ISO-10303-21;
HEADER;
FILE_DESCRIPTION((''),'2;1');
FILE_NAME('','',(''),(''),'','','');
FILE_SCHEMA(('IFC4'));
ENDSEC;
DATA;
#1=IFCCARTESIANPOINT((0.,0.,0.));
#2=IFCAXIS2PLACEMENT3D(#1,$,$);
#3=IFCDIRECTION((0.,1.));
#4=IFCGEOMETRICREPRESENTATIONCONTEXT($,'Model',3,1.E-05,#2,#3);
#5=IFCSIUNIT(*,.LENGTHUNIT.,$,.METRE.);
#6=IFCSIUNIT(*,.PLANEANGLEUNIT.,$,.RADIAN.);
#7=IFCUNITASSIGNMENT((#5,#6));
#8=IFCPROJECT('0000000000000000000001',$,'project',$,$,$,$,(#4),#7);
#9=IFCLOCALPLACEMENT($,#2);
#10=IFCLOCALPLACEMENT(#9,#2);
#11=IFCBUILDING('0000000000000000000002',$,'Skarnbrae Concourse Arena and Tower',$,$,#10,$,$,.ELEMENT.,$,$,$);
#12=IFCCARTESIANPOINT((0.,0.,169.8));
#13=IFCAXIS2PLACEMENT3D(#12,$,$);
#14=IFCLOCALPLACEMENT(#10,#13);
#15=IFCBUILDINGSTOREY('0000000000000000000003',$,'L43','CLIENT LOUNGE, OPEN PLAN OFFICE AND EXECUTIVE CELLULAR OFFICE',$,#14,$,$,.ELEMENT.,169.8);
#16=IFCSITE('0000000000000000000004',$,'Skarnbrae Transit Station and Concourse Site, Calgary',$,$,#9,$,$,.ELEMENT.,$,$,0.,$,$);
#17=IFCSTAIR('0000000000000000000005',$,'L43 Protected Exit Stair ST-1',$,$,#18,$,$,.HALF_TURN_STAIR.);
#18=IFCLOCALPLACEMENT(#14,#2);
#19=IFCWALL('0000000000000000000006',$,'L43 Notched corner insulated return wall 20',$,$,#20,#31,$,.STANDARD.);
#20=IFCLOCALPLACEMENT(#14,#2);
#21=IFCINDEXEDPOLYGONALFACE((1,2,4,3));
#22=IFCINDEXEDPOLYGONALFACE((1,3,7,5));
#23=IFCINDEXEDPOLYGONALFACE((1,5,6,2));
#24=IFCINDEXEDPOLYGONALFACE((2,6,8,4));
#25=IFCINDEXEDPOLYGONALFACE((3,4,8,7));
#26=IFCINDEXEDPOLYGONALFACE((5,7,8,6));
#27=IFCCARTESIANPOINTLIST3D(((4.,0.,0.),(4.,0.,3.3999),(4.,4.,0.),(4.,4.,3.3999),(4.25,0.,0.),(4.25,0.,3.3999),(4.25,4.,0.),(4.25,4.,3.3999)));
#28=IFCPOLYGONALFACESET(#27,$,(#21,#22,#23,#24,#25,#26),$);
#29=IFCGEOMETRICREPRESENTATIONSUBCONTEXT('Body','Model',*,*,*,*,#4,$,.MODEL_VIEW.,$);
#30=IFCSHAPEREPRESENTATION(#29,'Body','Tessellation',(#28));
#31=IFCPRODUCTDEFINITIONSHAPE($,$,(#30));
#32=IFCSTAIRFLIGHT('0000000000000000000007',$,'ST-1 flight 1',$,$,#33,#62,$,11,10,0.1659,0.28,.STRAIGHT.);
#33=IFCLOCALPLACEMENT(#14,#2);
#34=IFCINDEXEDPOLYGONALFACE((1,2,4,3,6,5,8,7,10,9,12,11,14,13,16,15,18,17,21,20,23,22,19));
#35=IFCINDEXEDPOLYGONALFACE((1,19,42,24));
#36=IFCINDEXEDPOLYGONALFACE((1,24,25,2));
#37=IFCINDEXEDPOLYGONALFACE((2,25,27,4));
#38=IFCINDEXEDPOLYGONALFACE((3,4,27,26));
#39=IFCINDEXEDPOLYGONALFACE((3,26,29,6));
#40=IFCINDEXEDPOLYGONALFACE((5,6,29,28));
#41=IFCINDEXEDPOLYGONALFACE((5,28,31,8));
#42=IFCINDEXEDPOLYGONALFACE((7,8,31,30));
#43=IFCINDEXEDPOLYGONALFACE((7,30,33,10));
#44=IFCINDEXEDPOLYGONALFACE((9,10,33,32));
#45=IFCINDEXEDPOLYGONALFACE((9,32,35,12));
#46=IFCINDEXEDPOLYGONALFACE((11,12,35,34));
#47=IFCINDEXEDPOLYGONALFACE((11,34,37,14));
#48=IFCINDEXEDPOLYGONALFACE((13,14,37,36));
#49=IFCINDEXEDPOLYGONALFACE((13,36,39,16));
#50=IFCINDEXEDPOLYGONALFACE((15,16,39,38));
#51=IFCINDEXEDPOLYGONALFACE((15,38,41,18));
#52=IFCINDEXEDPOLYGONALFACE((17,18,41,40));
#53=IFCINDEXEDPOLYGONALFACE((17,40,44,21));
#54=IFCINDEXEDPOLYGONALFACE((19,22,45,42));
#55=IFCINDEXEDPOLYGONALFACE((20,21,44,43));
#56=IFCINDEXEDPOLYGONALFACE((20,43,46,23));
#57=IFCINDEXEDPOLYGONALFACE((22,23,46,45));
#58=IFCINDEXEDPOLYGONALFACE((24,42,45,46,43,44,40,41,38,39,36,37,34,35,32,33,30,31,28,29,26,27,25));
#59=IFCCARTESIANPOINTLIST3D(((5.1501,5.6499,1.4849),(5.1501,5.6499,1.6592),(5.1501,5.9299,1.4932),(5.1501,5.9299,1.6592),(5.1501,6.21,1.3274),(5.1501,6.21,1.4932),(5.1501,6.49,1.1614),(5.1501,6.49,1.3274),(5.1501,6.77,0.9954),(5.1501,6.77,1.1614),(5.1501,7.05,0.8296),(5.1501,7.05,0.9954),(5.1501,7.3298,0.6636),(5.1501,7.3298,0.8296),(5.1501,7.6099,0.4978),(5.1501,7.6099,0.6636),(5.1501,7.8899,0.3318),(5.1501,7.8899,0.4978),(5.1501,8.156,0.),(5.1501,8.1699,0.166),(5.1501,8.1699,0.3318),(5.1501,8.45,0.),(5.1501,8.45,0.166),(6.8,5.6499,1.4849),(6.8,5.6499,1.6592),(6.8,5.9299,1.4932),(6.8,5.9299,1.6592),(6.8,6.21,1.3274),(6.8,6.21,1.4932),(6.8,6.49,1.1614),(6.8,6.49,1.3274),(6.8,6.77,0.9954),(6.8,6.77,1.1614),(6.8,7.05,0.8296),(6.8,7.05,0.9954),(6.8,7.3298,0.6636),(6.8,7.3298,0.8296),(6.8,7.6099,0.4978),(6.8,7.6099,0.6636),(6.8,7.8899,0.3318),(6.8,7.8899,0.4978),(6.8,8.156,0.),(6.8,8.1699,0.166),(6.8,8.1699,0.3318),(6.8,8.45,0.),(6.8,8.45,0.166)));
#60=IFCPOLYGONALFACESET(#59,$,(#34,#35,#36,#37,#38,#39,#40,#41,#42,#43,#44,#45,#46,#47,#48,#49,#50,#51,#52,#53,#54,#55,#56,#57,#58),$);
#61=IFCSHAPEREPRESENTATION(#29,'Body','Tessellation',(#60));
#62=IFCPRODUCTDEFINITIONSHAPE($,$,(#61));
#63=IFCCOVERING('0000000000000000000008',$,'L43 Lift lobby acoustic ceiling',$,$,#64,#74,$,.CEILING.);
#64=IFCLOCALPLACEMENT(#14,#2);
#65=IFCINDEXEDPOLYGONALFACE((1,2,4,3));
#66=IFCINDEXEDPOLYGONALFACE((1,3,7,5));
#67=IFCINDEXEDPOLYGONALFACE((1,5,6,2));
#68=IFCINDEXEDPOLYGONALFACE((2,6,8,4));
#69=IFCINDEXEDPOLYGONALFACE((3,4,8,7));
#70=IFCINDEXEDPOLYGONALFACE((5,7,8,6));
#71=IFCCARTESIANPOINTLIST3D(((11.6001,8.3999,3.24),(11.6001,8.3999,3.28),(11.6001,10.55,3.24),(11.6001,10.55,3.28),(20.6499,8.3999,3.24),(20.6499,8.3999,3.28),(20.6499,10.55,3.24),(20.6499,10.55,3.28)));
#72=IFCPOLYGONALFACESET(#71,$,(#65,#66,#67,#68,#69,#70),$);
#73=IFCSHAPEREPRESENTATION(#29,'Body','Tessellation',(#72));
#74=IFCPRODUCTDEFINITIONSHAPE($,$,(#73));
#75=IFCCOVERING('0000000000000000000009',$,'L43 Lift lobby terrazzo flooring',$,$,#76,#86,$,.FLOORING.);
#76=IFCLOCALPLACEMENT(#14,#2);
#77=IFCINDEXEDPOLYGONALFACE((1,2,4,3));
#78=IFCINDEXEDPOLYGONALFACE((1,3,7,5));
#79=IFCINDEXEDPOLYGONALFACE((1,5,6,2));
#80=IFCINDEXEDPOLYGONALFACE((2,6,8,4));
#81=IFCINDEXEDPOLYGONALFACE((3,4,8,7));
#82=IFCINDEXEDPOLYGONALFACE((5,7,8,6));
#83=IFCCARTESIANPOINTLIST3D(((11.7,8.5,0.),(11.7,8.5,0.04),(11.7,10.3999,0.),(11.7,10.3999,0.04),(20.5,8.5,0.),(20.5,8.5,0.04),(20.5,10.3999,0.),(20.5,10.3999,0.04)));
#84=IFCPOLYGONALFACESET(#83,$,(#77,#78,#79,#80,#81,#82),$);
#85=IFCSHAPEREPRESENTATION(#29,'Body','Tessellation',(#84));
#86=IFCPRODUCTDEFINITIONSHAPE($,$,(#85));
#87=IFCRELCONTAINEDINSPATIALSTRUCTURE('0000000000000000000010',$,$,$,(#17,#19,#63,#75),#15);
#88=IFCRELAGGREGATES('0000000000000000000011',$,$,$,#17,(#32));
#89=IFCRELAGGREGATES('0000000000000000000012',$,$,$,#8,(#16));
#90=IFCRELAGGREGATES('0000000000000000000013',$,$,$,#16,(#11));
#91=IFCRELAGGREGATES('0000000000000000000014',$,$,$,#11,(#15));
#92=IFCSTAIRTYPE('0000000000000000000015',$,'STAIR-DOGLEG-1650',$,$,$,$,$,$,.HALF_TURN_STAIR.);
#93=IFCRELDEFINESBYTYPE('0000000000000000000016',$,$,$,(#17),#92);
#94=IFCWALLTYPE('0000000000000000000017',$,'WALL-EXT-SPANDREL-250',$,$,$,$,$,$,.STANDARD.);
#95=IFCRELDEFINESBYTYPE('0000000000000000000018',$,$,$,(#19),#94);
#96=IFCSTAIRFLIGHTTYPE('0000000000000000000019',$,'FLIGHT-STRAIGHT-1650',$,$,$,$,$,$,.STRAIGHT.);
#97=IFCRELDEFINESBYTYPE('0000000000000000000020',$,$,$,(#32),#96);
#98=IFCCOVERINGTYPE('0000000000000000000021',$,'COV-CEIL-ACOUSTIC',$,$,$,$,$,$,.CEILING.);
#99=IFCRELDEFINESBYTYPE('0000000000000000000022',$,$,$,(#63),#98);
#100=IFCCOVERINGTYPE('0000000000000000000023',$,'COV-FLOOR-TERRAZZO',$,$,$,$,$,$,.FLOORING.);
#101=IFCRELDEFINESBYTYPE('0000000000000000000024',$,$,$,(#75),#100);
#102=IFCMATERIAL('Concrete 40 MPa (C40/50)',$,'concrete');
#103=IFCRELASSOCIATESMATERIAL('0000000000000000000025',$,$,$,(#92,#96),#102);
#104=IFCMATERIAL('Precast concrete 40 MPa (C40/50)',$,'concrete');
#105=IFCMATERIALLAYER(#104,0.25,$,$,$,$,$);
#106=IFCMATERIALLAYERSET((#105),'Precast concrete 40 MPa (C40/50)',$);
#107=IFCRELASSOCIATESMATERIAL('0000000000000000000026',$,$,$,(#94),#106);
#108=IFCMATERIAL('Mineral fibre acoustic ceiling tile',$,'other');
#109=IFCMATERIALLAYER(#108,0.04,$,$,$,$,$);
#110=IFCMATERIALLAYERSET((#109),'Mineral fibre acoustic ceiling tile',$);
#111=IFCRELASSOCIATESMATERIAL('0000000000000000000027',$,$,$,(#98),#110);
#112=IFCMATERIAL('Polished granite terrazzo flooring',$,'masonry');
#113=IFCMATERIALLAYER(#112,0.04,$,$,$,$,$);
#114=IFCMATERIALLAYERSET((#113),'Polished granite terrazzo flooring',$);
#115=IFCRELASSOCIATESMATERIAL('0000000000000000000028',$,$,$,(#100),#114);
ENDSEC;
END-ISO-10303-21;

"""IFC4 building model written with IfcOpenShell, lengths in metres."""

from ifc_helpers import new_model, si_unit, direction, frame, frame_2d, origin, place, context, subcontext, project, spatial, polyline, rectangle, outline, extrude, source, transform, mapped, material, layer, layer_set, type_object, element, aggregate, save


model = new_model("IFC4")

# Units and contexts
model_context = context("Model", 3, precision=1e-05, world=origin(), true_north=direction((0.0, 1.0)))
body_context = subcontext(model_context, "Body", "Model", "MODEL_VIEW")
ifc_project = project(units=[si_unit("LENGTHUNIT", "METRE"), si_unit("PLANEANGLEUNIT", "RADIAN")], contexts=[model_context])

# Site, building, storey
site_placement = place(None, origin())
site = spatial("IfcSite", under=ifc_project, at=site_placement, Name="Skarnbrae Transit Station and Concourse Site, Calgary", CompositionType="ELEMENT", RefElevation=0.0)
building_placement = place(site_placement, origin())
building = spatial("IfcBuilding", under=site, at=building_placement, Name="Skarnbrae Concourse Arena and Tower", CompositionType="ELEMENT")
storey_placement = place(building_placement, frame((0.0, 0.0, 169.8)))
storey = spatial("IfcBuildingStorey", under=building, at=storey_placement, Name="L43", Description="CLIENT LOUNGE, OPEN PLAN OFFICE AND EXECUTIVE CELLULAR OFFICE", CompositionType="ELEMENT", Elevation=169.8)

# Stair
ifc_material_1 = material(Name="Concrete 40 MPa (C40/50)", Category="concrete")
stair_type = type_object("IfcStairType", Name="STAIR-DOGLEG-1650", PredefinedType="HALF_TURN_STAIR", material=ifc_material_1)
stair_1_placement = place(storey_placement, origin())
stair_1 = element("IfcStair", 1, at=stair_1_placement, inside=storey, type_object=stair_type, Name="L43 Protected Exit Stair ST-1", PredefinedType="HALF_TURN_STAIR")

# Wall
ifc_material_2 = material(Name="Precast concrete 40 MPa (C40/50)", Category="concrete")
ifc_layer_1 = layer(ifc_material_2, 0.25)
ifc_layer_set_1 = layer_set([ifc_layer_1], Name="Precast concrete 40 MPa (C40/50)")
wall_type_1 = type_object("IfcWallType", Name="WALL-EXT-SPANDREL-250", PredefinedType="STANDARD", material=ifc_layer_set_1)
shared_shape_1 = source(origin(), body_context, "Body", "SweptSolid", [
    extrude(rectangle(XDim=4.0, YDim=0.25, at=frame_2d((2.0, 0.0))), origin(), (0.0, 0.0, 1.0), 3.3999),
])
for number, where, z_axis, x_axis, name in (
    (2, (4.125, 4.0, 0.0), (0.0, 0.0, 1.0), (0.0, -1.0, 0.0), "L43 Notched corner insulated return wall 20"),
):
    element("IfcWall", number, at=place(storey_placement, frame(where, z_axis=z_axis, x_axis=x_axis)), inside=storey, type_object=wall_type_1, Name=name, PredefinedType="STANDARD", context=body_context, shape_type="MappedRepresentation", body=[
        mapped(shared_shape_1, transform((0.0, 0.0, 0.0))),
    ])

# Stair flight
stair_flight_type = type_object("IfcStairFlightType", Name="FLIGHT-STRAIGHT-1650", PredefinedType="STRAIGHT", material=ifc_material_1)
shared_shape_2 = source(origin(), body_context, "Body", "SweptSolid", [
    extrude(outline(polyline([(0.0, 0.0), (0.0, 0.166), (0.28, 0.166), (0.28, 0.3318), (0.5601, 0.3318), (0.5601, 0.4978), (0.8401, 0.4978), (0.8401, 0.6636), (1.1201, 0.6636), (1.1201, 0.8296), (1.3999, 0.8296), (1.3999, 0.9954), (1.6799, 0.9954), (1.6799, 1.1614), (1.96, 1.1614), (1.96, 1.3274), (2.24, 1.3274), (2.24, 1.4932), (2.52, 1.4932), (2.52, 1.6592), (2.8, 1.6592), (2.8, 1.825), (2.8, 1.4849), (0.2939, 0.0), (0.0, 0.0)])), frame((0.0, 0.825, 0.0), z_axis=(0.0, -1.0, 0.0), x_axis=(1.0, 0.0, 0.0)), (0.0, 0.0, 1.0), 1.6499),
])
stair_flight_placement = place(storey_placement, frame((5.9751, 8.45, 0.0), z_axis=(0.0, 0.0, 1.0), x_axis=(0.0, -1.0, 0.0)))
stair_flight = element("IfcStairFlight", 3, at=stair_flight_placement, type_object=stair_flight_type, Name="ST-1 flight 1", NumberOfRisers=11, NumberOfTreads=10, PredefinedType="STRAIGHT", RiserHeight=0.1659, TreadLength=0.28, context=body_context, shape_type="MappedRepresentation", body=[
    mapped(shared_shape_2, transform((0.0, 0.0, 0.0))),
])
aggregate(stair_1, [stair_flight])

# Coverings
ifc_material_3 = material(Name="Mineral fibre acoustic ceiling tile", Category="other")
ifc_layer_2 = layer(ifc_material_3, 0.04)
ifc_layer_set_2 = layer_set([ifc_layer_2], Name="Mineral fibre acoustic ceiling tile")
covering_type_1 = type_object("IfcCoveringType", Name="COV-CEIL-ACOUSTIC", PredefinedType="CEILING", material=ifc_layer_set_2)
covering_1_placement = place(storey_placement, frame((0.0, 0.0, 3.24)))
element("IfcCovering", 4, at=covering_1_placement, inside=storey, type_object=covering_type_1, Name="L43 Lift lobby acoustic ceiling", PredefinedType="CEILING", context=body_context, shape_type="SweptSolid", body=[
    extrude(outline(polyline([(11.6001, 8.3999), (20.6499, 8.3999), (20.6499, 10.55), (11.6001, 10.55), (11.6001, 8.3999)])), origin(), (0.0, 0.0, 1.0), 0.04),
])
ifc_material_4 = material(Name="Polished granite terrazzo flooring", Category="masonry")
ifc_layer_3 = layer(ifc_material_4, 0.04)
ifc_layer_set_3 = layer_set([ifc_layer_3], Name="Polished granite terrazzo flooring")
covering_type_2 = type_object("IfcCoveringType", Name="COV-FLOOR-TERRAZZO", PredefinedType="FLOORING", material=ifc_layer_set_3)
covering_2_placement = place(storey_placement, origin())
element("IfcCovering", 5, at=covering_2_placement, inside=storey, type_object=covering_type_2, Name="L43 Lift lobby terrazzo flooring", PredefinedType="FLOORING", context=body_context, shape_type="SweptSolid", body=[
    extrude(outline(polyline([(11.7, 8.5), (20.5, 8.5), (20.5, 10.3999), (11.7, 10.3999), (11.7, 8.5)])), origin(), (0.0, 0.0, 1.0), 0.04),
])

save(model, "model.ifc")
